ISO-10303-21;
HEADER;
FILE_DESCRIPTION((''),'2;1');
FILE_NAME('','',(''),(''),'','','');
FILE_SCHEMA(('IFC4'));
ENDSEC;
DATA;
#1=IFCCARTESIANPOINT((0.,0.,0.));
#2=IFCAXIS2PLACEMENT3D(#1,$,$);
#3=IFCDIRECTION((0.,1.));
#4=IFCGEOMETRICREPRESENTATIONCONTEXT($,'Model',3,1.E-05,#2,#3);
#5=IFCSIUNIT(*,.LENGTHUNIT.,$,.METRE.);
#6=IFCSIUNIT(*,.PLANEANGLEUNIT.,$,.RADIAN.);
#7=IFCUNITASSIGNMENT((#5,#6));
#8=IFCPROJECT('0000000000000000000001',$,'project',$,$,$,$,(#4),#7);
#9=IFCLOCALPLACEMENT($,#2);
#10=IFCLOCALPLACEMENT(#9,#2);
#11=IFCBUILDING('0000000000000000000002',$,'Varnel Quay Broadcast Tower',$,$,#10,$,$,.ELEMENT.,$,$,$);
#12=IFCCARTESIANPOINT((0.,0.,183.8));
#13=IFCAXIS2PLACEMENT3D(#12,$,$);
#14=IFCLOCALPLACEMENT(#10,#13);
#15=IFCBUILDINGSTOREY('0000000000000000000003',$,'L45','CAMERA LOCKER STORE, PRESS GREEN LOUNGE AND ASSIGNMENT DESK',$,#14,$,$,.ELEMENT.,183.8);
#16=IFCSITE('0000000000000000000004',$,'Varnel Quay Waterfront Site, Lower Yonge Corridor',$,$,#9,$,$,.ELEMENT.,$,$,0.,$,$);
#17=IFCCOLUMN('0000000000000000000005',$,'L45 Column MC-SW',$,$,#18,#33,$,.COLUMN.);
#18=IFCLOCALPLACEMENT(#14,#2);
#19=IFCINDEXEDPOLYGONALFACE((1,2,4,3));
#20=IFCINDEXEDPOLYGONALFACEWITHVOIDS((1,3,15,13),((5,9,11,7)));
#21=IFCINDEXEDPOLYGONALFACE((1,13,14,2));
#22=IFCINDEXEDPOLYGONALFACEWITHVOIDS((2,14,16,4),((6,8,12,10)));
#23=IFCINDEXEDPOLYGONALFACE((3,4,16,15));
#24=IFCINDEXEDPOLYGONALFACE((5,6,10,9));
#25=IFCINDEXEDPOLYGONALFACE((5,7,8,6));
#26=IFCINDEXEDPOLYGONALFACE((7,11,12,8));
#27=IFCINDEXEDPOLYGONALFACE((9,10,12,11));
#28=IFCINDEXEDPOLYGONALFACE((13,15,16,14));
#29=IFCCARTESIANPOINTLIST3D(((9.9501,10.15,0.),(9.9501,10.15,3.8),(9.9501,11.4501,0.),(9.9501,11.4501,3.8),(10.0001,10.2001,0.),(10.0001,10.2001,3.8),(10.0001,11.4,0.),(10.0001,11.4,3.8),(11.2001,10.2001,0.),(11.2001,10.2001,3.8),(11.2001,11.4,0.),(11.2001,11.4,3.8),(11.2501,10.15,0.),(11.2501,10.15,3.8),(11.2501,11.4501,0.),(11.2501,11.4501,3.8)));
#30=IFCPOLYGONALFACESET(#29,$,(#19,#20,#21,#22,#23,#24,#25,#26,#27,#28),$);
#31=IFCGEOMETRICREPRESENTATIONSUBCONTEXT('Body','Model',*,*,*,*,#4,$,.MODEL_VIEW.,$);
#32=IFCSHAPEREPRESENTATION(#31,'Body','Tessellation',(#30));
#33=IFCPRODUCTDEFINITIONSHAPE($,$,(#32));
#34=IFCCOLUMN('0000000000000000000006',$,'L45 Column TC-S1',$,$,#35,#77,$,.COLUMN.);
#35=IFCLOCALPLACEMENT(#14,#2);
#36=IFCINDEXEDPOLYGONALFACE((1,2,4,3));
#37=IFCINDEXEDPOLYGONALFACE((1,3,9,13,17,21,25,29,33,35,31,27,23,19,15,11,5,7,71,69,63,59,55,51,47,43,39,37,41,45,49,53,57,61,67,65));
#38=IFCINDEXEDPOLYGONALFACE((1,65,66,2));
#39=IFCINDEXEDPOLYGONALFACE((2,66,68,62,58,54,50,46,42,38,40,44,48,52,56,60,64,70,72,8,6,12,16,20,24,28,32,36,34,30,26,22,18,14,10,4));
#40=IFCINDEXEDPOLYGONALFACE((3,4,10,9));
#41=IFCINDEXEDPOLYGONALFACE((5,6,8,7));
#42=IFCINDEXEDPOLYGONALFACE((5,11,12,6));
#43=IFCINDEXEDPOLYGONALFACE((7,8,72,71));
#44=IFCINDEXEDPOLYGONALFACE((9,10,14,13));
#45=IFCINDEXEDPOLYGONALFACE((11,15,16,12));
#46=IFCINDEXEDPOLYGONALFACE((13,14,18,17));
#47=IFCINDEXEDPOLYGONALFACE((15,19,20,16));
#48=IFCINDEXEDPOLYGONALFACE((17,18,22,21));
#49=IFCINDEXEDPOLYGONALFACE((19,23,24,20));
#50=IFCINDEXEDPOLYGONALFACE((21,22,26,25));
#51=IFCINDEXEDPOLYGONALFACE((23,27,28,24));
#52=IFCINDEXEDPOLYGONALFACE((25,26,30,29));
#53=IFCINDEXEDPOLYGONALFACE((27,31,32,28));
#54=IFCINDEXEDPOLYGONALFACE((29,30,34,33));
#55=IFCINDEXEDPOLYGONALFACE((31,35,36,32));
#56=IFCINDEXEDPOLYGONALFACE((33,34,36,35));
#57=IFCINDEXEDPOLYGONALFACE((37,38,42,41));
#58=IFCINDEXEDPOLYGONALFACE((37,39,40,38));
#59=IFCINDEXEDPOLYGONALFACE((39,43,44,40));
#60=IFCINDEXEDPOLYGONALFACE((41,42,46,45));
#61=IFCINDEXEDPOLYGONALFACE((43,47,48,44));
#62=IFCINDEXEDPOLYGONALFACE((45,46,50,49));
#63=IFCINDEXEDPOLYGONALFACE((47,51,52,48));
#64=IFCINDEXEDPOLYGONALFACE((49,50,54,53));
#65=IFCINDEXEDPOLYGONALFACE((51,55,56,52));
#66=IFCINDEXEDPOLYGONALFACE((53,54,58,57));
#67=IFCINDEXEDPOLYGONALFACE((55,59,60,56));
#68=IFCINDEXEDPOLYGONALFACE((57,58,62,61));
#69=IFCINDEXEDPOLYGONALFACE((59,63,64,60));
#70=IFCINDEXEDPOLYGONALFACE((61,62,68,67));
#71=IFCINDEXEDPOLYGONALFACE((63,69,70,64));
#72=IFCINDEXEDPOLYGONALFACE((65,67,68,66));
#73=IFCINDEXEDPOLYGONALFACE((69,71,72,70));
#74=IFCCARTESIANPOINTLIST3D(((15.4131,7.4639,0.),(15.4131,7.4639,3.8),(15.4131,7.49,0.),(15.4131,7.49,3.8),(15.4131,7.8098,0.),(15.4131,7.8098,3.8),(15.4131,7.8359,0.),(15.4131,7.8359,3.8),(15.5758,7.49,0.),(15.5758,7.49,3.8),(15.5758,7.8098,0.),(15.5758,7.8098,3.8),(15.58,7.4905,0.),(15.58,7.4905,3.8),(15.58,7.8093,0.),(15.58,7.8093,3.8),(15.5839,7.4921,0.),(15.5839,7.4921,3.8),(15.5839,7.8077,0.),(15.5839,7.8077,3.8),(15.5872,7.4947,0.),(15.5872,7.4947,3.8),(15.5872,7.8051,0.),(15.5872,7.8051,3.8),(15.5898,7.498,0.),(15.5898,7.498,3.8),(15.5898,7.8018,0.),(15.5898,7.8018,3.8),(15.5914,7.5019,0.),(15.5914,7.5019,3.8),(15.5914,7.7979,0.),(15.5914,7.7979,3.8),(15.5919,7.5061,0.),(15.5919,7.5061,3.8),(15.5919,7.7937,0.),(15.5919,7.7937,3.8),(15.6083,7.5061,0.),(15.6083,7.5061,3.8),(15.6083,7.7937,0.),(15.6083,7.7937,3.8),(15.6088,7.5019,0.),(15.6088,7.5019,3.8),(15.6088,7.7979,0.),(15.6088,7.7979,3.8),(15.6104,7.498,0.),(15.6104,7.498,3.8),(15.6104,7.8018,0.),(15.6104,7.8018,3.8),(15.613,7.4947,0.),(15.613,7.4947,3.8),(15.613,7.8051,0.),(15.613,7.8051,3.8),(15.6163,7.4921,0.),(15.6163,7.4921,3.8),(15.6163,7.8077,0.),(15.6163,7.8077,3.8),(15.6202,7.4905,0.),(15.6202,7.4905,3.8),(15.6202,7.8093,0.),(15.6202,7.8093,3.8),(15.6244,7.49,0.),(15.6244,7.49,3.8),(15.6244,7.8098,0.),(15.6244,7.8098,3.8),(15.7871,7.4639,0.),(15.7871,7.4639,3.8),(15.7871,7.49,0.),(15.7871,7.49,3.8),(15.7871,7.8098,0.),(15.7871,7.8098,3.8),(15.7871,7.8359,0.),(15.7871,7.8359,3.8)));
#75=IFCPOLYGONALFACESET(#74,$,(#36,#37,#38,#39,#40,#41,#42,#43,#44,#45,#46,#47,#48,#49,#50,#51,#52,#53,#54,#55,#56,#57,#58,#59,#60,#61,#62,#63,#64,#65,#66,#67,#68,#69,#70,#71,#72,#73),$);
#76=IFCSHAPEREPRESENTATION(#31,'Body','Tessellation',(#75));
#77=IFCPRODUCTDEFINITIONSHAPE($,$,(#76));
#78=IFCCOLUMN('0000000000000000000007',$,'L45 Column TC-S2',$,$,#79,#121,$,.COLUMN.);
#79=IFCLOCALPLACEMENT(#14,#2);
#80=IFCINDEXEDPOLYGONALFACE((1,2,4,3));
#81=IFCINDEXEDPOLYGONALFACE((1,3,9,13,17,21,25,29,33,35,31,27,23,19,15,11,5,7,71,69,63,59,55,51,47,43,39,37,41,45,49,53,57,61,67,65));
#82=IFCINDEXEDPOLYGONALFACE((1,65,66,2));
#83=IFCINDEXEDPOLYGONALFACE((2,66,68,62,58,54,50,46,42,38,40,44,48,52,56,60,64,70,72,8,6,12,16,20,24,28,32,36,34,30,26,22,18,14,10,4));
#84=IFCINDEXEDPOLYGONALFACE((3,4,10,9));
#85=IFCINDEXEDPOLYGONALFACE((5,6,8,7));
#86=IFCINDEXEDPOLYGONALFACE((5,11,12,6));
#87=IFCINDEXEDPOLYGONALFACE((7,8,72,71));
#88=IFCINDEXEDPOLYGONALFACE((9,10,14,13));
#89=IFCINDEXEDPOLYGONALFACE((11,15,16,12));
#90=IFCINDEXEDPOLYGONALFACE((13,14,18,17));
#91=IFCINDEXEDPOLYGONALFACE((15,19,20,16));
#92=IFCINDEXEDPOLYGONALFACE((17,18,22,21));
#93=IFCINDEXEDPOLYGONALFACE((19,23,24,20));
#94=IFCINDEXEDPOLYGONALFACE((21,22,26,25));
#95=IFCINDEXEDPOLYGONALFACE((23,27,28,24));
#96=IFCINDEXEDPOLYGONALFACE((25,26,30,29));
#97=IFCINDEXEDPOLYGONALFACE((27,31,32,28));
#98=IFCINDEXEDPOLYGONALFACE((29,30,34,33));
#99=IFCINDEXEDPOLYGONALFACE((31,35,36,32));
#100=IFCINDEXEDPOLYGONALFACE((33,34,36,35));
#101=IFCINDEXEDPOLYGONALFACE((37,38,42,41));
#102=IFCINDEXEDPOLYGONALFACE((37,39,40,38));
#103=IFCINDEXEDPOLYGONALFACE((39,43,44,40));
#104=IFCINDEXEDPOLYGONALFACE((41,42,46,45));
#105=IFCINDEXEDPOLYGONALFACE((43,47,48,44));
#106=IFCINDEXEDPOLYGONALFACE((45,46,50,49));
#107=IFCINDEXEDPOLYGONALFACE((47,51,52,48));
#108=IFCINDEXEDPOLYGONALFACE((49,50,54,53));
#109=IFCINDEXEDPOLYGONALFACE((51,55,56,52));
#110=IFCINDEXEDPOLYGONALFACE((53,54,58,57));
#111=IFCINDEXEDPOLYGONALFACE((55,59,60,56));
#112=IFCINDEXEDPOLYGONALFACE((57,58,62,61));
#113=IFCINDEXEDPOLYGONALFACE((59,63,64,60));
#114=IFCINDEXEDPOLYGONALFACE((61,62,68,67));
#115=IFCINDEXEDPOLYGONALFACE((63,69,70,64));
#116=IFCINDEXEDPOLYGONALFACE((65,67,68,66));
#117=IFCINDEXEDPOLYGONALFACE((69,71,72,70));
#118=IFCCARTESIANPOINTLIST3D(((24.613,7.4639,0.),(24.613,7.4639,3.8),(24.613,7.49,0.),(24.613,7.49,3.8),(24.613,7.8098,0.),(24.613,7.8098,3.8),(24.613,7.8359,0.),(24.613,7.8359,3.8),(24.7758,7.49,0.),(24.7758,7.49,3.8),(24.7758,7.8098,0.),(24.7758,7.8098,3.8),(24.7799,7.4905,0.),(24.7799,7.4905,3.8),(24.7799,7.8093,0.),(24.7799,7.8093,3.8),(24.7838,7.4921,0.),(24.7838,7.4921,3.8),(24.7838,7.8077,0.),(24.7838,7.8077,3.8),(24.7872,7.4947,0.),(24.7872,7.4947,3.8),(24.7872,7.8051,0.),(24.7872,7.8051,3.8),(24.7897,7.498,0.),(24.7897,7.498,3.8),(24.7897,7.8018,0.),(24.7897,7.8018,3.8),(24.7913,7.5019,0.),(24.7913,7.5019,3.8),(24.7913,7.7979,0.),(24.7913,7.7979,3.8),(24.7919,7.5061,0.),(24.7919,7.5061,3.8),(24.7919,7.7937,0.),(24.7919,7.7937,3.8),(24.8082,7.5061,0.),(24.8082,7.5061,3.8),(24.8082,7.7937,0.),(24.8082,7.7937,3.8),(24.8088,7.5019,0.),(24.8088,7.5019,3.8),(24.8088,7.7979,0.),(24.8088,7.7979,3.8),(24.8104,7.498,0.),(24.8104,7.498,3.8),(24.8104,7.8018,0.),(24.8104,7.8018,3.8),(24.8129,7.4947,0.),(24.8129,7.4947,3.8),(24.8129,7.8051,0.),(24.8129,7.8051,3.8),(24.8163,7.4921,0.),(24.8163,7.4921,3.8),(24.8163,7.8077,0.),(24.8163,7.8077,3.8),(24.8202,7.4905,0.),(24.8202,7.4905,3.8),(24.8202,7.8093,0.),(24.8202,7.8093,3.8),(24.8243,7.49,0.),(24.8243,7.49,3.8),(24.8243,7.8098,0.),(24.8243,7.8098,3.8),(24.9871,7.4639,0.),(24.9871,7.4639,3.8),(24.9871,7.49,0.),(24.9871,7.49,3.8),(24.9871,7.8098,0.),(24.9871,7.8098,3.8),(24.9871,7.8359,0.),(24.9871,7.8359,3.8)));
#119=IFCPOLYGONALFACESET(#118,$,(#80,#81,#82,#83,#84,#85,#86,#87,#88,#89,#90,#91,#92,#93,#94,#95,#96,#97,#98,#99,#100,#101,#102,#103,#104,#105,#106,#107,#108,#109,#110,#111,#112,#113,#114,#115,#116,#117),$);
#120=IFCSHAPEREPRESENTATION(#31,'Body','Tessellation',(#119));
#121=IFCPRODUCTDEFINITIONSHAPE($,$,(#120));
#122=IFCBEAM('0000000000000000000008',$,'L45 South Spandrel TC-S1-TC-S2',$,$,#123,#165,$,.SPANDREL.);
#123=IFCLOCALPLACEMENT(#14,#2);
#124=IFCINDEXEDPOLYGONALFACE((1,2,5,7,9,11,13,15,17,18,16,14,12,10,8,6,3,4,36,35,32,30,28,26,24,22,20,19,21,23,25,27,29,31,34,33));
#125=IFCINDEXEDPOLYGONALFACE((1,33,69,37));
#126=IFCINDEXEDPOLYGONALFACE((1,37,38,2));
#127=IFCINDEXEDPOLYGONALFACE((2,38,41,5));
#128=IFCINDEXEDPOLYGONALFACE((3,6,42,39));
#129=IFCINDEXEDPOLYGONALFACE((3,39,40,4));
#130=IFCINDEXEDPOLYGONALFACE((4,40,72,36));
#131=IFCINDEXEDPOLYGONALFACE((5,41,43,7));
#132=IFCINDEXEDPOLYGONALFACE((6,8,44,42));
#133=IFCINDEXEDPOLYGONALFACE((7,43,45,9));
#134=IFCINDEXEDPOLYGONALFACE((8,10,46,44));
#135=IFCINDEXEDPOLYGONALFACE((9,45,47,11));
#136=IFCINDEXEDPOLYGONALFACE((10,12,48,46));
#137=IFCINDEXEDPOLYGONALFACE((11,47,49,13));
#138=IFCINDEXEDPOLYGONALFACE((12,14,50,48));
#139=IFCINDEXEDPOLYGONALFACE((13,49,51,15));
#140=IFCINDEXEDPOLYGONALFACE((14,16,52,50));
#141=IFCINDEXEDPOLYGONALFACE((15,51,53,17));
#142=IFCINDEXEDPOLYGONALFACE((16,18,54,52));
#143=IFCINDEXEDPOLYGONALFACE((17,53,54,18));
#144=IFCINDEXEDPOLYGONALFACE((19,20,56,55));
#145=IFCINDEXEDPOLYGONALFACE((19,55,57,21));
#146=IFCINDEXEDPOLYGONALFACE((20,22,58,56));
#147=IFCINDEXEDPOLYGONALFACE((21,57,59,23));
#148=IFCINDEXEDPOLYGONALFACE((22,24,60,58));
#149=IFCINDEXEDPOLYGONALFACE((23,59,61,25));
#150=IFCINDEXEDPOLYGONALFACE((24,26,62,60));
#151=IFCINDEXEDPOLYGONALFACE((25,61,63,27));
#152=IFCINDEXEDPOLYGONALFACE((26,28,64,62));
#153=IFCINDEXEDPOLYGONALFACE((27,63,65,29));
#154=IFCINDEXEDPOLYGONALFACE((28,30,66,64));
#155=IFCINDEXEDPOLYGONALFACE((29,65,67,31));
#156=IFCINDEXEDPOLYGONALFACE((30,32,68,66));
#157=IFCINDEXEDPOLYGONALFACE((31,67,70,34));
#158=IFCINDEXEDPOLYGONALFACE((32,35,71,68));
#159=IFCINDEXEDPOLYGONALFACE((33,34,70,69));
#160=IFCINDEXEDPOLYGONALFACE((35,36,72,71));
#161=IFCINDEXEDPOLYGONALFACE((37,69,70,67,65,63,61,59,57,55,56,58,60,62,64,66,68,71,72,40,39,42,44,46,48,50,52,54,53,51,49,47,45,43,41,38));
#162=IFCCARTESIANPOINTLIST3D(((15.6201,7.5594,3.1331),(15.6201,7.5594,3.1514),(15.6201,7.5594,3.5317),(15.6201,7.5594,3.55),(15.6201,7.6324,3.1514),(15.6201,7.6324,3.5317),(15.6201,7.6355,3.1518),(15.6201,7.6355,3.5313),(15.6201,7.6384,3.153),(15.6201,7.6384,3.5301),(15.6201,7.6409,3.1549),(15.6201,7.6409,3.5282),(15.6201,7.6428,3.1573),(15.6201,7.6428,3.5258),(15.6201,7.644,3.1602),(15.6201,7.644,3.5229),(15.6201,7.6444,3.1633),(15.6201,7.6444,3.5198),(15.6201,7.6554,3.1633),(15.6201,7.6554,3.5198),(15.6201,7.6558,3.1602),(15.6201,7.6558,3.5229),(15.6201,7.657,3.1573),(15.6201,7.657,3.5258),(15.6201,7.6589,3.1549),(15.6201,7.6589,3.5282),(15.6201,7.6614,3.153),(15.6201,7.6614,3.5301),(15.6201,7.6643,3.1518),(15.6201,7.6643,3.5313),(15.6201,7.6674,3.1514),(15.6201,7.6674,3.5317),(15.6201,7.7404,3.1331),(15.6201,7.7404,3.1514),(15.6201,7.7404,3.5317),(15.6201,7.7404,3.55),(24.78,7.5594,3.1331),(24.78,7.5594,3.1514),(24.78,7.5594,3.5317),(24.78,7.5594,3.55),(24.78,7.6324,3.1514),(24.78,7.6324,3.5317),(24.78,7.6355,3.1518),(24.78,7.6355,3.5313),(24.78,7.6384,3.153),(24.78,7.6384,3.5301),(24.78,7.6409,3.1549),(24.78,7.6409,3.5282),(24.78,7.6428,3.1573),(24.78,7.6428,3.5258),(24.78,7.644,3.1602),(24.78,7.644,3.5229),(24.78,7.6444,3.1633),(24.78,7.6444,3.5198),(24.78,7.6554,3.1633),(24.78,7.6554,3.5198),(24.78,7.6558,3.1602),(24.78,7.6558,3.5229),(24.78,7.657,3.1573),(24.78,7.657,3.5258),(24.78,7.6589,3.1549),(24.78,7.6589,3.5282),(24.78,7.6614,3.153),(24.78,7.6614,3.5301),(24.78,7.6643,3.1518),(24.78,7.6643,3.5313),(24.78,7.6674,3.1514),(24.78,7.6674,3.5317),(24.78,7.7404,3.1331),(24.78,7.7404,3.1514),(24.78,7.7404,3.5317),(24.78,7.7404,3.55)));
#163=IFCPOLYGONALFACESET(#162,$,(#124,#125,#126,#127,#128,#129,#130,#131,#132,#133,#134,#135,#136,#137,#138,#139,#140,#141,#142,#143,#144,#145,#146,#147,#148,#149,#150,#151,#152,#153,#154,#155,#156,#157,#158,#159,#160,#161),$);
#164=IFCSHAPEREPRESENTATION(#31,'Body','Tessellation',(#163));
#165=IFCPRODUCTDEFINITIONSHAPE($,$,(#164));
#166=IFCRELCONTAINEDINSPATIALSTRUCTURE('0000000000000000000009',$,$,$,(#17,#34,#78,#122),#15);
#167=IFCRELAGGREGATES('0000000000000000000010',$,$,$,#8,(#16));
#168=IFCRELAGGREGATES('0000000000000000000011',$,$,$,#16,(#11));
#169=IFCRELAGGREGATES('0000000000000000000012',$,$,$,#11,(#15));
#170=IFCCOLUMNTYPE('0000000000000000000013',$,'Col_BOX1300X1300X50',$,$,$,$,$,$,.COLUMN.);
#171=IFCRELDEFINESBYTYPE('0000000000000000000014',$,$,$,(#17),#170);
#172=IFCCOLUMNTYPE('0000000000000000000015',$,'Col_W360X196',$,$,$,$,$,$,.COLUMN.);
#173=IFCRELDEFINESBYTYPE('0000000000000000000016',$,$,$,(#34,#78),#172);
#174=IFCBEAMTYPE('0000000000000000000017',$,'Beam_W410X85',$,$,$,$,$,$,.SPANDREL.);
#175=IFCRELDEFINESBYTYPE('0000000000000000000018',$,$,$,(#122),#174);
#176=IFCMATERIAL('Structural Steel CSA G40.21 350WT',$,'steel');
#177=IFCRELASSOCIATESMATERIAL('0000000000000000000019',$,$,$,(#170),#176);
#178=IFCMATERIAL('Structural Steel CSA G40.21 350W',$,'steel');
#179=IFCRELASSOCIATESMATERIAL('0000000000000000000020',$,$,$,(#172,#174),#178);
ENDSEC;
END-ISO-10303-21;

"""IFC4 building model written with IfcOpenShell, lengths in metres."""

from ifc_helpers import new_model, si_unit, direction, frame, origin, origin_2d, place, context, subcontext, project, spatial, hollow_rectangle, i_section, extrude, source, transform, mapped, material, material_profile, profile_set, type_object, type_shapes, element, save


model = new_model("IFC4")

# Units and contexts
model_context = context("Model", 3, precision=1e-05, world=origin(), true_north=direction((0.0, 1.0)))
body_context = subcontext(model_context, "Body", "Model", "MODEL_VIEW")
ifc_project = project(units=[si_unit("LENGTHUNIT", "METRE"), si_unit("PLANEANGLEUNIT", "RADIAN")], contexts=[model_context])

# Site, building, storey
site_placement = place(None, origin())
site = spatial("IfcSite", under=ifc_project, at=site_placement, Name="Varnel Quay Waterfront Site, Lower Yonge Corridor", CompositionType="ELEMENT", RefElevation=0.0)
building_placement = place(site_placement, origin())
building = spatial("IfcBuilding", under=site, at=building_placement, Name="Varnel Quay Broadcast Tower", CompositionType="ELEMENT")
storey_placement = place(building_placement, frame((0.0, 0.0, 183.8)))
storey = spatial("IfcBuildingStorey", under=building, at=storey_placement, Name="L45", Description="CAMERA LOCKER STORE, PRESS GREEN LOUNGE AND ASSIGNMENT DESK", CompositionType="ELEMENT", Elevation=183.8)

# Columns
ifc_material_1 = material(Name="Structural Steel CSA G40.21 350WT", Category="steel")
ifc_material_profile_1 = material_profile(ifc_material_1, hollow_rectangle(XDim=1.3, YDim=1.3, WallThickness=0.05, at=origin_2d()), Name="BOX1300X1300X50")
ifc_profile_set_1 = profile_set([ifc_material_profile_1], Name="Structural Steel CSA G40.21 350WT")
column_type_1 = type_object("IfcColumnType", Name="Col_BOX1300X1300X50", PredefinedType="COLUMN", material=ifc_profile_set_1)
shared_shape_1 = source(origin(), body_context, "Body", "SweptSolid", [
    extrude(hollow_rectangle(XDim=1.3, YDim=1.3, WallThickness=0.05, at=origin_2d()), origin(), (0.0, 0.0, 1.0), 3.8),
])
type_shapes(column_type_1, [shared_shape_1])
column_placement = place(storey_placement, frame((10.6001, 10.8, 0.0), z_axis=(0.0, 0.0, 1.0), x_axis=(1.0, 0.0, 0.0)))
element("IfcColumn", 1, at=column_placement, inside=storey, type_object=column_type_1, Name="L45 Column MC-SW", PredefinedType="COLUMN", context=body_context, shape_type="MappedRepresentation", body=[
    mapped(shared_shape_1, transform((0.0, 0.0, 0.0), x_axis=(1.0, 0.0, 0.0), y_axis=(0.0, 1.0, 0.0), z_axis=(0.0, 0.0, 1.0), scale=1.0)),
])
ifc_material_2 = material(Name="Structural Steel CSA G40.21 350W", Category="steel")
ifc_material_profile_2 = material_profile(ifc_material_2, i_section(OverallWidth=0.374, OverallDepth=0.3721, WebThickness=0.0164, FlangeThickness=0.0261, FilletRadius=0.0161, at=origin_2d()), Name="W360X196")
ifc_profile_set_2 = profile_set([ifc_material_profile_2], Name="Structural Steel CSA G40.21 350W")
column_type_2 = type_object("IfcColumnType", Name="Col_W360X196", PredefinedType="COLUMN", material=ifc_profile_set_2)
shared_shape_2 = source(origin(), body_context, "Body", "SweptSolid", [
    extrude(i_section(OverallWidth=0.374, OverallDepth=0.3721, WebThickness=0.0164, FlangeThickness=0.0261, FilletRadius=0.0161, at=origin_2d()), origin(), (0.0, 0.0, 1.0), 3.8),
])
type_shapes(column_type_2, [shared_shape_2])
for number, where, z_axis, x_axis, name in (
    (2, (15.6001, 7.6499, 0.0), (0.0, 0.0, 1.0), (1.0, 0.0, 0.0), "L45 Column TC-S1"),
    (3, (24.8, 7.6499, 0.0), (0.0, 0.0, 1.0), (1.0, 0.0, 0.0), "L45 Column TC-S2"),
):
    element("IfcColumn", number, at=place(storey_placement, frame(where, z_axis=z_axis, x_axis=x_axis)), inside=storey, type_object=column_type_2, Name=name, PredefinedType="COLUMN", context=body_context, shape_type="MappedRepresentation", body=[
        mapped(shared_shape_2, transform((0.0, 0.0, 0.0), x_axis=(1.0, 0.0, 0.0), y_axis=(0.0, 1.0, 0.0), z_axis=(0.0, 0.0, 1.0), scale=1.0)),
    ])

# Beam
ifc_material_profile_3 = material_profile(ifc_material_2, i_section(OverallWidth=0.1809, OverallDepth=0.417, WebThickness=0.011, FlangeThickness=0.0183, FilletRadius=0.012, at=origin_2d()), Name="W410X85")
ifc_profile_set_3 = profile_set([ifc_material_profile_3], Name="Structural Steel CSA G40.21 350W")
beam_type_1 = type_object("IfcBeamType", Name="Beam_W410X85", PredefinedType="SPANDREL", material=ifc_profile_set_3)
shared_shape_3 = source(origin(), body_context, "Body", "SweptSolid", [
    extrude(i_section(OverallWidth=0.1809, OverallDepth=0.417, WebThickness=0.011, FlangeThickness=0.0183, FilletRadius=0.012, at=origin_2d()), origin(), (0.0, 0.0, 1.0), 9.1599),
])
for number, where, z_axis, x_axis, name in (
    (4, (15.6201, 7.6499, 3.3416), (1.0, 0.0, 0.0), (0.0, 1.0, 0.0), "L45 South Spandrel TC-S1-TC-S2"),
):
    element("IfcBeam", number, at=place(storey_placement, frame(where, z_axis=z_axis, x_axis=x_axis)), inside=storey, type_object=beam_type_1, Name=name, PredefinedType="SPANDREL", context=body_context, shape_type="MappedRepresentation", body=[
        mapped(shared_shape_3, transform((0.0, 0.0, 0.0), x_axis=(1.0, 0.0, 0.0), y_axis=(0.0, 1.0, 0.0), z_axis=(0.0, 0.0, 1.0), scale=1.0)),
    ])

save(model, "model.ifc")
